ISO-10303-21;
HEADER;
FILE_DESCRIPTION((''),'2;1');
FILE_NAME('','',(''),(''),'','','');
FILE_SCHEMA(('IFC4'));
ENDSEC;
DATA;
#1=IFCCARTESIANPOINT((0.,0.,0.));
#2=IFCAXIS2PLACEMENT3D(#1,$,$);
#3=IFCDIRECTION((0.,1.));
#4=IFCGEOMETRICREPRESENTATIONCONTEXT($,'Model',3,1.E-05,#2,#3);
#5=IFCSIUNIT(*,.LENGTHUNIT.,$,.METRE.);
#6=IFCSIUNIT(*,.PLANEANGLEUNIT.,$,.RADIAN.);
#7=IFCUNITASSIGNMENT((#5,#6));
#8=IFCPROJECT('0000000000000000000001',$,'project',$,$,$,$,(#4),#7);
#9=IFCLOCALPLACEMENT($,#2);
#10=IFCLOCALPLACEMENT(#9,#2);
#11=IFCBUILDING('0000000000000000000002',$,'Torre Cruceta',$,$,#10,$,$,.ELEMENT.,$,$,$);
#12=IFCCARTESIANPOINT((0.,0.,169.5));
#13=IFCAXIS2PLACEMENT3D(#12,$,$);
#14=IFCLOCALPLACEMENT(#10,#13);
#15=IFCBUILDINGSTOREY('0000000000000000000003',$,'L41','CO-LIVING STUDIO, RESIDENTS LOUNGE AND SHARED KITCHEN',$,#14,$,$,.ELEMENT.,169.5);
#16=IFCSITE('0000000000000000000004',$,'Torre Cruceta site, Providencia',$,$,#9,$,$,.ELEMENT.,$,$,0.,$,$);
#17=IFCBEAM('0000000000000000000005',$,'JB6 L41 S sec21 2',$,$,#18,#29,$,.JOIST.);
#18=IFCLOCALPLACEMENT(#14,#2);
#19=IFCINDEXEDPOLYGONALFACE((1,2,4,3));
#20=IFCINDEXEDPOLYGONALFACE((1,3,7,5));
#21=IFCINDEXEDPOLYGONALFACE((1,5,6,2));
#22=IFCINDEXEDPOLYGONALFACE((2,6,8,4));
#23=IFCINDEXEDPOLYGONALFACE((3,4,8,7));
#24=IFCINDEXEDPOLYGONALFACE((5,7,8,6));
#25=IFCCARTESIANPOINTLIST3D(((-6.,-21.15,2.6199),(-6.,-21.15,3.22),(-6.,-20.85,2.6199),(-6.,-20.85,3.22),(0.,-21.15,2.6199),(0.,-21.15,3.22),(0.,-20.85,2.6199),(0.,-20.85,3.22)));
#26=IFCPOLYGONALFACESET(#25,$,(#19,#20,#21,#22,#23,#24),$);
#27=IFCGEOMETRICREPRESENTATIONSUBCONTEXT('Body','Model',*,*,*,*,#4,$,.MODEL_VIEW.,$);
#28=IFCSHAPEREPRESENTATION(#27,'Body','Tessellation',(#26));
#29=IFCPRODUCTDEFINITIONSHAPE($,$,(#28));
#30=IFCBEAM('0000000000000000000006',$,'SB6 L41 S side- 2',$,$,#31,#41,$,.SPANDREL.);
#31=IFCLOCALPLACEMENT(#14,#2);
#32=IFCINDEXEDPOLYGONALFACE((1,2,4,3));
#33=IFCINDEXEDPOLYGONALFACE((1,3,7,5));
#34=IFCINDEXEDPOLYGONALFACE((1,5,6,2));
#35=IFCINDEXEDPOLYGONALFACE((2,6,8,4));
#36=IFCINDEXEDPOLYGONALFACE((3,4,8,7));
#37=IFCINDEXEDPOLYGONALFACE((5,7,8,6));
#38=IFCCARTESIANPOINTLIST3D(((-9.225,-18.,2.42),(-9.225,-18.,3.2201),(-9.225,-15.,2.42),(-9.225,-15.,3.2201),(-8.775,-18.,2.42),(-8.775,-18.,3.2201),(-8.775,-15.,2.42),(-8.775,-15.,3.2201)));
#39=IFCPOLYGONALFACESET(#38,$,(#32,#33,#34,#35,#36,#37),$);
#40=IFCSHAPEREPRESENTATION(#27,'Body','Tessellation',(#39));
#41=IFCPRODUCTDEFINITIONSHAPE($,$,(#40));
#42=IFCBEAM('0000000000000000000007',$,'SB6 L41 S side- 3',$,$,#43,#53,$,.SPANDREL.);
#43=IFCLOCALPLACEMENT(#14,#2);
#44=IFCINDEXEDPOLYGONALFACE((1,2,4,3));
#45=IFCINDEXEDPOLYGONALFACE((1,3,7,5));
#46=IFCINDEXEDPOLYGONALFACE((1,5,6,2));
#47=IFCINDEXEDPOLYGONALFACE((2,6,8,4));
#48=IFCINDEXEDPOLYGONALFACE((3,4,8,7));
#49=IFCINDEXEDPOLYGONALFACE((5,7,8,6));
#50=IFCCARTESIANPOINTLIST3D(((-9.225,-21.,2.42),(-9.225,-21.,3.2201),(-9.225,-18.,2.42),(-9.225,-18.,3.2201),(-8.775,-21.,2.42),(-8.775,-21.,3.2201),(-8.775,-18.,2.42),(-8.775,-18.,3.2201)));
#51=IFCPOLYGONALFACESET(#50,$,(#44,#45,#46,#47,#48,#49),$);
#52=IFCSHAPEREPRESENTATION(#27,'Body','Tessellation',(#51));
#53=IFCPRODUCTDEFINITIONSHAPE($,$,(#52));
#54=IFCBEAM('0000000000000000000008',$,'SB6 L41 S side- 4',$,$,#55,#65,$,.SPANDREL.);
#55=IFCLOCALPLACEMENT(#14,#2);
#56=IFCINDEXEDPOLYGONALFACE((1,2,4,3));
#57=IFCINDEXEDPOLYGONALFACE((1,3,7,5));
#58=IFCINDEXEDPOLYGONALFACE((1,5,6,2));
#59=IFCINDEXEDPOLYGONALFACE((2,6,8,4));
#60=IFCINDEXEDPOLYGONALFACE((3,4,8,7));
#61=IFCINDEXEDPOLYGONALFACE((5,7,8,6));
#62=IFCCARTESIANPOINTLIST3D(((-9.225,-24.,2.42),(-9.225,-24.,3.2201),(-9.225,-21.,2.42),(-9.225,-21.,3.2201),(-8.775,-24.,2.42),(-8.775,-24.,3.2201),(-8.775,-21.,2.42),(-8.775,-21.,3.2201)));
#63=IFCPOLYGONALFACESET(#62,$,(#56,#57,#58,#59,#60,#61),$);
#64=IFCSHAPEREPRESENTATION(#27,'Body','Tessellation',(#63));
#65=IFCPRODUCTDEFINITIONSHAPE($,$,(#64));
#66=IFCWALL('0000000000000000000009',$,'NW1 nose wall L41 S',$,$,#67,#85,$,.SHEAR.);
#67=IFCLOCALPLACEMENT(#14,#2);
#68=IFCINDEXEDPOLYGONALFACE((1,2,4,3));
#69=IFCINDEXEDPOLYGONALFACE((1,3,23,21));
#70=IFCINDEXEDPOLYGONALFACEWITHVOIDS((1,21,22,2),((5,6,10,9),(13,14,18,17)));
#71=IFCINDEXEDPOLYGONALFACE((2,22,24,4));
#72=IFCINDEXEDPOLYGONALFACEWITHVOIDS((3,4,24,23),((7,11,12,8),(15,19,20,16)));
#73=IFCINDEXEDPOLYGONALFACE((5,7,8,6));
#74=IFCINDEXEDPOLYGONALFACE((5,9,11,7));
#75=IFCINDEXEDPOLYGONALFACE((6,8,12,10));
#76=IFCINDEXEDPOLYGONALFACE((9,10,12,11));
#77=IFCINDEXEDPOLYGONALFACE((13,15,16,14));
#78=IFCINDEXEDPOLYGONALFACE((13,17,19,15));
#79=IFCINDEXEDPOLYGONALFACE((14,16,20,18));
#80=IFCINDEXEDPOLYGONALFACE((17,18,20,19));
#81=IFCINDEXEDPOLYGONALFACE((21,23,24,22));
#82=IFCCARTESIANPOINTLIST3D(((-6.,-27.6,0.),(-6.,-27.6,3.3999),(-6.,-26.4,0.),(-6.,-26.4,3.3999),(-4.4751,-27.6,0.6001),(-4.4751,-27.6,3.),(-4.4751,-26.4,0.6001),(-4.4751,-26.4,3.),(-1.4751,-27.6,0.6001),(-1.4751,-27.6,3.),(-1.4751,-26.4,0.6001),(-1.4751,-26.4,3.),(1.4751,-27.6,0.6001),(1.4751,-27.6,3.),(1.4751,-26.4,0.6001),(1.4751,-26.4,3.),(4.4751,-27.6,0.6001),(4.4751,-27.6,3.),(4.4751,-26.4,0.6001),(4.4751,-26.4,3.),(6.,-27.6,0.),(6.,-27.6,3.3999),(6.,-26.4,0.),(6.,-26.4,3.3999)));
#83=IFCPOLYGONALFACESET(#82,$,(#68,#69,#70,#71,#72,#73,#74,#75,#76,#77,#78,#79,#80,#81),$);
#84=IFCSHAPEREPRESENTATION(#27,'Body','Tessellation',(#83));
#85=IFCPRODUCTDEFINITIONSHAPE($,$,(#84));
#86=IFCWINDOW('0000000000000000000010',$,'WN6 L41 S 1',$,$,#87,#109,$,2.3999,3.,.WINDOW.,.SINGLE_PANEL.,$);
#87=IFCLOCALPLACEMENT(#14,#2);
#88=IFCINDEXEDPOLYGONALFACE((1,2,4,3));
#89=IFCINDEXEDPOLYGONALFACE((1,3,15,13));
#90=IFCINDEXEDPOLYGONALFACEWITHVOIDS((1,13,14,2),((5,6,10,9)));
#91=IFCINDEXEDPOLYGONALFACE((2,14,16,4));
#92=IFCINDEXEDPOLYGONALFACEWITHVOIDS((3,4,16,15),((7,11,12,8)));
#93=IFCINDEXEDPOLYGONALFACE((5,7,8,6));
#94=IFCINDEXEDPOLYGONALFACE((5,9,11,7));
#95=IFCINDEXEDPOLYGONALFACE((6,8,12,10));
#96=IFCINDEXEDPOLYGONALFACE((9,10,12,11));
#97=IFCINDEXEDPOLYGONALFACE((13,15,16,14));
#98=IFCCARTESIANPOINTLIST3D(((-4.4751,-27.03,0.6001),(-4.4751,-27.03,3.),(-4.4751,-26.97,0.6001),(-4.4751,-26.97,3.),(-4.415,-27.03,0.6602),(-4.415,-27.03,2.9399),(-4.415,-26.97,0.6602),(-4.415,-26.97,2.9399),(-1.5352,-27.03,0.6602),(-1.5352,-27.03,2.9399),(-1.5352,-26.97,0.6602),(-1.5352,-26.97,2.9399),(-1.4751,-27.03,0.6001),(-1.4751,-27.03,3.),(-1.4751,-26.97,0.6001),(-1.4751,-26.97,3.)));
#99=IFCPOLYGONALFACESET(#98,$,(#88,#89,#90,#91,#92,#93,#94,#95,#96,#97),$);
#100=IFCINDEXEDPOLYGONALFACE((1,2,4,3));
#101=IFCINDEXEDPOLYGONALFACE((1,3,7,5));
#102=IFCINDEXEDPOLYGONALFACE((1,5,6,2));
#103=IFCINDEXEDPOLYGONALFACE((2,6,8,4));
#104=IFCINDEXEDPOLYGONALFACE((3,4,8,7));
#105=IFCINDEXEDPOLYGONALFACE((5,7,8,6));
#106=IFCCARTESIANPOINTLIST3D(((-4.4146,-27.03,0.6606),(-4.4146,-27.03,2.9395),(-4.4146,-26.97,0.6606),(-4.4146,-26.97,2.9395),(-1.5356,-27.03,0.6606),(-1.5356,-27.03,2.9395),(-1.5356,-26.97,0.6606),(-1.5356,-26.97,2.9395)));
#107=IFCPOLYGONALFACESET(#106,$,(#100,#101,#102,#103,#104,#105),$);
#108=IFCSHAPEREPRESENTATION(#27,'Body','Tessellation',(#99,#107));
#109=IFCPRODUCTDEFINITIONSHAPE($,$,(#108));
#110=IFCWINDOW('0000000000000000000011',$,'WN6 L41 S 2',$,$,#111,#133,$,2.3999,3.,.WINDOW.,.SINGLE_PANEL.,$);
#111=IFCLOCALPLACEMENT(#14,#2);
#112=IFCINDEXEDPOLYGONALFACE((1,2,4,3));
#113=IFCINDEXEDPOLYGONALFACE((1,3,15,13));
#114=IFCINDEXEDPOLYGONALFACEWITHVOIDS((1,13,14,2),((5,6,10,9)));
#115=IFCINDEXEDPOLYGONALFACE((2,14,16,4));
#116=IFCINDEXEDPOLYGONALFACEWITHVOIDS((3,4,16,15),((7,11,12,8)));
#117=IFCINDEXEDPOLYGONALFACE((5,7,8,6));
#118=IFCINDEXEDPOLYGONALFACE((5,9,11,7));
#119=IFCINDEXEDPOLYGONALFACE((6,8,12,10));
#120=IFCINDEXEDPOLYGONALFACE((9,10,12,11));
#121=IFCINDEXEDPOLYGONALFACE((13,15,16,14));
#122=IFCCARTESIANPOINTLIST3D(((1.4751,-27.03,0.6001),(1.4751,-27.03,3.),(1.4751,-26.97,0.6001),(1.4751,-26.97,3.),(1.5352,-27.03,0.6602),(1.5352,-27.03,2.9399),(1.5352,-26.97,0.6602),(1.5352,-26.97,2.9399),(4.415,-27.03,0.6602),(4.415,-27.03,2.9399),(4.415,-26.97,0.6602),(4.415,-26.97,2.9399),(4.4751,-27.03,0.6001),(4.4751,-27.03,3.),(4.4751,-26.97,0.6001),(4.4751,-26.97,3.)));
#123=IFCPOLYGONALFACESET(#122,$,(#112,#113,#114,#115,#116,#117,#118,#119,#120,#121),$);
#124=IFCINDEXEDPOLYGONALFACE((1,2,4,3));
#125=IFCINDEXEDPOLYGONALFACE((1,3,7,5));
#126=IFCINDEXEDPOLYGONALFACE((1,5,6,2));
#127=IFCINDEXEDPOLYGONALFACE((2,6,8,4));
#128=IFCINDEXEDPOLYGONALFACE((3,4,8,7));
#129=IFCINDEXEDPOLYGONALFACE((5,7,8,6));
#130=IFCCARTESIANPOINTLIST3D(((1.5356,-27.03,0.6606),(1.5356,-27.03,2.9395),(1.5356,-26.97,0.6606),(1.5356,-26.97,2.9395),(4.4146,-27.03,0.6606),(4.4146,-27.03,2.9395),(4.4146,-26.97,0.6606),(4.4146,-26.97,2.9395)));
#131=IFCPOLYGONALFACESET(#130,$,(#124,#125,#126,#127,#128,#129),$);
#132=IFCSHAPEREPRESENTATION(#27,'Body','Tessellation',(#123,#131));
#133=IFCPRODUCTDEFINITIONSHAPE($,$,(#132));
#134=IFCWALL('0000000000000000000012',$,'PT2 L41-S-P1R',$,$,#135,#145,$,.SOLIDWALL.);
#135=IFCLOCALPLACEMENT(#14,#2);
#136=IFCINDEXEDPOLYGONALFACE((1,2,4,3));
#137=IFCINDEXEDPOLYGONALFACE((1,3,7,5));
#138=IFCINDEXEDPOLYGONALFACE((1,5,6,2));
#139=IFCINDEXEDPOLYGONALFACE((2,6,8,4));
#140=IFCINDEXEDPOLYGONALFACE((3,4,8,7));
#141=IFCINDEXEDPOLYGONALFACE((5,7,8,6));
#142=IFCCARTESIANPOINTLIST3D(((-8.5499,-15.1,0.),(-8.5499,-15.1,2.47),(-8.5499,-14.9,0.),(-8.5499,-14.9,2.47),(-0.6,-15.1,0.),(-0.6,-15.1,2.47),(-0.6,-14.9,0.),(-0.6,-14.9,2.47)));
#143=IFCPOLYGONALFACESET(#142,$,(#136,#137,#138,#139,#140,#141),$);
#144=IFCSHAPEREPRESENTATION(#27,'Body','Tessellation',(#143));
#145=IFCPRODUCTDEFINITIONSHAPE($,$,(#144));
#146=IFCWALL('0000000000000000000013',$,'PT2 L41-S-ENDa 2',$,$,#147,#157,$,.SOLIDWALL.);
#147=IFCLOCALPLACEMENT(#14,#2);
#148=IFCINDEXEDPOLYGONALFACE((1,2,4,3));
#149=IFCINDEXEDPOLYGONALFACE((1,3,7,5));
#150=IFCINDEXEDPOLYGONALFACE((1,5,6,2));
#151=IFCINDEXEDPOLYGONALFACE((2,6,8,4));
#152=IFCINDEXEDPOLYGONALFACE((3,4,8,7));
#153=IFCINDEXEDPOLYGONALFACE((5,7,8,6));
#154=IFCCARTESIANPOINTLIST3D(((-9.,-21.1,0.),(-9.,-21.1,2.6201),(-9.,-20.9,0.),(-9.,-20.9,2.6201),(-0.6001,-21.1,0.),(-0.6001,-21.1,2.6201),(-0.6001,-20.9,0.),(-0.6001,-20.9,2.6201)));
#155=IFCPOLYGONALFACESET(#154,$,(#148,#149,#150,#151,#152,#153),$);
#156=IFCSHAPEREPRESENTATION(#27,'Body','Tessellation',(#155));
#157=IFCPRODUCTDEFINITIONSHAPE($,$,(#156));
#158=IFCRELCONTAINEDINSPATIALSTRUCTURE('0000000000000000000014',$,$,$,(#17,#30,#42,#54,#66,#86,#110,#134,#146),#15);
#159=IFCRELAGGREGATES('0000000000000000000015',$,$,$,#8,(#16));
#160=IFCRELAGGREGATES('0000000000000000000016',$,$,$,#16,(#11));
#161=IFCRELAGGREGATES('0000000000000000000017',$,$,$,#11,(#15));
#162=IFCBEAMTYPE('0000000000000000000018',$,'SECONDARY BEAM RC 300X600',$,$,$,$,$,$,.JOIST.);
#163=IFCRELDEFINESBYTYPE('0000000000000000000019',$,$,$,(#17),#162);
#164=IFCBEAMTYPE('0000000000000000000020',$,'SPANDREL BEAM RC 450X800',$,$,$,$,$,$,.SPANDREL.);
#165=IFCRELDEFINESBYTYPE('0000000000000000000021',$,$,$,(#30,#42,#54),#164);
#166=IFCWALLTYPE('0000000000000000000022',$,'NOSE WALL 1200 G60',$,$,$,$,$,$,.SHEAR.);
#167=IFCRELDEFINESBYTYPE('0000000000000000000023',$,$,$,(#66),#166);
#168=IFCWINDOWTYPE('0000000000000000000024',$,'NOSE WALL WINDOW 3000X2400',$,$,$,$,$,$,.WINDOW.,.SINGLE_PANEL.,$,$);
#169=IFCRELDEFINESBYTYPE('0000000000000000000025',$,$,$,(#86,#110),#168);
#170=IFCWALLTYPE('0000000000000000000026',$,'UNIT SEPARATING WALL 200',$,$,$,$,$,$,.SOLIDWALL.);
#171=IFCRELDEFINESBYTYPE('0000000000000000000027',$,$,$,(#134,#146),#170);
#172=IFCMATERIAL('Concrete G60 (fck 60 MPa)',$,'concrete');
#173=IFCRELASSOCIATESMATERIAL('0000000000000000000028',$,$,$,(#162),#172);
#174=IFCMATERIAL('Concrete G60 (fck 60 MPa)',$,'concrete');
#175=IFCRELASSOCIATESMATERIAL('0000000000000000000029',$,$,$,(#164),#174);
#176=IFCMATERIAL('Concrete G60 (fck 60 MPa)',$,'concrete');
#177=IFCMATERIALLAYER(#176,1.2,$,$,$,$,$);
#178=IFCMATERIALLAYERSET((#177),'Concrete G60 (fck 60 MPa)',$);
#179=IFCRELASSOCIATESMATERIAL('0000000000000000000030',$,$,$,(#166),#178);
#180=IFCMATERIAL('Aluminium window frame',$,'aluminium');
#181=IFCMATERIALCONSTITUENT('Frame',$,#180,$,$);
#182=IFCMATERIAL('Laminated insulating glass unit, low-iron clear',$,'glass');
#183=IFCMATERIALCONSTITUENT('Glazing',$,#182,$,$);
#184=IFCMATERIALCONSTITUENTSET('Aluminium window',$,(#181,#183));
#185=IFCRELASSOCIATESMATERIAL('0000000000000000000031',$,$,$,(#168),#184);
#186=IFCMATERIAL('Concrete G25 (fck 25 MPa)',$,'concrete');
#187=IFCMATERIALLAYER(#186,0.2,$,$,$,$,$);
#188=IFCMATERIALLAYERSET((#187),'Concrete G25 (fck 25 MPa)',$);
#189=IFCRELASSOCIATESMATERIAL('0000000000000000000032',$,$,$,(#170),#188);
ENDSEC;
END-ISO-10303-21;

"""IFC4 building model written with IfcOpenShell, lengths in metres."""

from ifc_helpers import new_model, si_unit, direction, frame, frame_2d, origin, origin_2d, place, context, subcontext, project, spatial, rectangle, hollow_rectangle, extrude, material, layer, layer_set, constituent, constituent_set, material_profile, profile_set, type_object, element, fill, save


model = new_model("IFC4")

# Units and contexts
model_context = context("Model", 3, precision=1e-05, world=origin(), true_north=direction((0.0, 1.0)))
body_context = subcontext(model_context, "Body", "Model", "MODEL_VIEW")
ifc_project = project(units=[si_unit("LENGTHUNIT", "METRE"), si_unit("PLANEANGLEUNIT", "RADIAN")], contexts=[model_context])

# Site, building, storey
site_placement = place(None, origin())
site = spatial("IfcSite", under=ifc_project, at=site_placement, Name="Torre Cruceta site, Providencia", CompositionType="ELEMENT", RefElevation=0.0)
building_placement = place(site_placement, origin())
building = spatial("IfcBuilding", under=site, at=building_placement, Name="Torre Cruceta", CompositionType="ELEMENT")
storey_placement = place(building_placement, frame((0.0, 0.0, 169.5)))
storey = spatial("IfcBuildingStorey", under=building, at=storey_placement, Name="L41", Description="CO-LIVING STUDIO, RESIDENTS LOUNGE AND SHARED KITCHEN", CompositionType="ELEMENT", Elevation=169.5)

# Beams
ifc_material_1 = material(Name="Concrete G60 (fck 60 MPa)", Category="concrete")
ifc_material_profile_1 = material_profile(ifc_material_1, rectangle(XDim=0.3, YDim=0.6001, at=origin_2d()), Name="RC 300X600")
ifc_profile_set_1 = profile_set([ifc_material_profile_1], Name="Concrete G60 (fck 60 MPa)")
beam_type_1 = type_object("IfcBeamType", Name="SECONDARY BEAM RC 300X600", PredefinedType="JOIST", material=ifc_profile_set_1)
beam_1_placement = place(storey_placement, frame((-6.0, -21.0, 2.9199), z_axis=(1.0, 0.0, 0.0), x_axis=(0.0, 1.0, 0.0)))
element("IfcBeam", 1, at=beam_1_placement, inside=storey, type_object=beam_type_1, Name="JB6 L41 S sec21 2", PredefinedType="JOIST", context=body_context, shape_type="SweptSolid", body=[
    extrude(rectangle(XDim=0.3, YDim=0.6001, at=origin_2d()), origin(), (0.0, 0.0, 1.0), 6.0),
])
ifc_material_2 = material(Name="Concrete G60 (fck 60 MPa)", Category="concrete")
ifc_material_profile_2 = material_profile(ifc_material_2, rectangle(XDim=0.45, YDim=0.8, at=origin_2d()), Name="RC 450X800")
ifc_profile_set_2 = profile_set([ifc_material_profile_2], Name="Concrete G60 (fck 60 MPa)")
beam_type_2 = type_object("IfcBeamType", Name="SPANDREL BEAM RC 450X800", PredefinedType="SPANDREL", material=ifc_profile_set_2)
for number, where, z_axis, x_axis, name in (
    (2, (-9.0, -15.0, 2.8201), (0.0, -1.0, 0.0), (1.0, 0.0, 0.0), "SB6 L41 S side- 2"),
    (3, (-9.0, -18.0, 2.8201), (0.0, -1.0, 0.0), (1.0, 0.0, 0.0), "SB6 L41 S side- 3"),
    (4, (-9.0, -21.0, 2.8201), (0.0, -1.0, 0.0), (1.0, 0.0, 0.0), "SB6 L41 S side- 4"),
):
    element("IfcBeam", number, at=place(storey_placement, frame(where, z_axis=z_axis, x_axis=x_axis)), inside=storey, type_object=beam_type_2, Name=name, PredefinedType="SPANDREL", context=body_context, shape_type="SweptSolid", body=[
        extrude(rectangle(XDim=0.45, YDim=0.8, at=origin_2d()), origin(), (0.0, 0.0, 1.0), 3.0),
    ])

# Wall, openings, windows
ifc_material_3 = material(Name="Concrete G60 (fck 60 MPa)", Category="concrete")
ifc_layer_1 = layer(ifc_material_3, 1.2)
ifc_layer_set_1 = layer_set([ifc_layer_1], Name="Concrete G60 (fck 60 MPa)")
wall_type_1 = type_object("IfcWallType", Name="NOSE WALL 1200 G60", PredefinedType="SHEAR", material=ifc_layer_set_1)
wall_1_placement = place(storey_placement, frame((-6.0, -27.0, 0.0), z_axis=(0.0, 0.0, 1.0), x_axis=(1.0, 0.0, 0.0)))
wall_1 = element("IfcWall", 5, at=wall_1_placement, inside=storey, type_object=wall_type_1, Name="NW1 nose wall L41 S", PredefinedType="SHEAR", context=body_context, shape_type="SweptSolid", body=[
    extrude(rectangle(XDim=12.0, YDim=1.2, at=frame_2d((6.0, 0.0))), origin(), (0.0, 0.0, 1.0), 3.3999),
])
opening_1_placement = place(wall_1_placement, frame((1.5249, 0.0, 0.6001)))
opening_1 = element("IfcOpeningElement", 6, at=opening_1_placement, cuts=wall_1, PredefinedType="OPENING", context=body_context, shape_type="SweptSolid", body=[
    extrude(rectangle(XDim=3.0, YDim=2.3999, at=frame_2d((1.5, 1.2))), frame((0.0, 0.6099, 0.0), z_axis=(0.0, -1.0, 0.0), x_axis=(1.0, 0.0, 0.0)), (0.0, 0.0, 1.0), 1.22),
])
opening_2_placement = place(wall_1_placement, frame((7.4751, 0.0, 0.6001)))
opening_2 = element("IfcOpeningElement", 7, at=opening_2_placement, cuts=wall_1, PredefinedType="OPENING", context=body_context, shape_type="SweptSolid", body=[
    extrude(rectangle(XDim=3.0, YDim=2.3999, at=frame_2d((1.5, 1.2))), frame((0.0, 0.6099, 0.0), z_axis=(0.0, -1.0, 0.0), x_axis=(1.0, 0.0, 0.0)), (0.0, 0.0, 1.0), 1.22),
])
ifc_material_4 = material(Name="Aluminium window frame", Category="aluminium")
ifc_constituent_1 = constituent(ifc_material_4, Name="Frame")
ifc_material_5 = material(Name="Laminated insulating glass unit, low-iron clear", Category="glass")
ifc_constituent_2 = constituent(ifc_material_5, Name="Glazing")
ifc_constituent_set = constituent_set(constituents=[ifc_constituent_1, ifc_constituent_2], Name="Aluminium window")
window_type = type_object("IfcWindowType", Name="NOSE WALL WINDOW 3000X2400", PartitioningType="SINGLE_PANEL", PredefinedType="WINDOW", material=ifc_constituent_set)
window_1_placement = place(opening_1_placement, origin())
window_1 = element("IfcWindow", 8, at=window_1_placement, inside=storey, type_object=window_type, Name="WN6 L41 S 1", OverallHeight=2.3999, OverallWidth=3.0, PartitioningType="SINGLE_PANEL", PredefinedType="WINDOW", context=body_context, shape_type="SweptSolid", body=[
    extrude(hollow_rectangle(XDim=3.0, YDim=2.3999, WallThickness=0.0601, at=frame_2d((1.5, 1.2))), frame((0.0, 0.03, 0.0), z_axis=(0.0, -1.0, 0.0), x_axis=(1.0, 0.0, 0.0)), (0.0, 0.0, 1.0), 0.0601),
    extrude(rectangle(XDim=2.8789, YDim=2.2788, at=frame_2d((1.5, 1.2))), frame((0.0, 0.03, 0.0), z_axis=(0.0, -1.0, 0.0), x_axis=(1.0, 0.0, 0.0)), (0.0, 0.0, 1.0), 0.0601),
])
fill(opening_1, window_1)
window_2_placement = place(opening_2_placement, origin())
window_2 = element("IfcWindow", 9, at=window_2_placement, inside=storey, type_object=window_type, Name="WN6 L41 S 2", OverallHeight=2.3999, OverallWidth=3.0, PartitioningType="SINGLE_PANEL", PredefinedType="WINDOW", context=body_context, shape_type="SweptSolid", body=[
    extrude(hollow_rectangle(XDim=3.0, YDim=2.3999, WallThickness=0.0601, at=frame_2d((1.5, 1.2))), frame((0.0, 0.03, 0.0), z_axis=(0.0, -1.0, 0.0), x_axis=(1.0, 0.0, 0.0)), (0.0, 0.0, 1.0), 0.0601),
    extrude(rectangle(XDim=2.8789, YDim=2.2788, at=frame_2d((1.5, 1.2))), frame((0.0, 0.03, 0.0), z_axis=(0.0, -1.0, 0.0), x_axis=(1.0, 0.0, 0.0)), (0.0, 0.0, 1.0), 0.0601),
])
fill(opening_2, window_2)

# Walls
ifc_material_6 = material(Name="Concrete G25 (fck 25 MPa)", Category="concrete")
ifc_layer_2 = layer(ifc_material_6, 0.2)
ifc_layer_set_2 = layer_set([ifc_layer_2], Name="Concrete G25 (fck 25 MPa)")
wall_type_2 = type_object("IfcWallType", Name="UNIT SEPARATING WALL 200", PredefinedType="SOLIDWALL", material=ifc_layer_set_2)
wall_2_placement = place(storey_placement, frame((-8.55, -15.0, 0.0), z_axis=(0.0, 0.0, 1.0), x_axis=(1.0, 0.0, 0.0)))
element("IfcWall", 10, at=wall_2_placement, inside=storey, type_object=wall_type_2, Name="PT2 L41-S-P1R", PredefinedType="SOLIDWALL", context=body_context, shape_type="SweptSolid", body=[
    extrude(rectangle(XDim=7.95, YDim=0.2, at=frame_2d((3.9751, 0.0))), origin(), (0.0, 0.0, 1.0), 2.47),
])
wall_3_placement = place(storey_placement, frame((-9.0, -21.0, 0.0), z_axis=(0.0, 0.0, 1.0), x_axis=(1.0, 0.0, 0.0)))
element("IfcWall", 11, at=wall_3_placement, inside=storey, type_object=wall_type_2, Name="PT2 L41-S-ENDa 2", PredefinedType="SOLIDWALL", context=body_context, shape_type="SweptSolid", body=[
    extrude(rectangle(XDim=8.3999, YDim=0.2, at=frame_2d((4.2, 0.0))), origin(), (0.0, 0.0, 1.0), 2.6201),
])

save(model, "model.ifc")
